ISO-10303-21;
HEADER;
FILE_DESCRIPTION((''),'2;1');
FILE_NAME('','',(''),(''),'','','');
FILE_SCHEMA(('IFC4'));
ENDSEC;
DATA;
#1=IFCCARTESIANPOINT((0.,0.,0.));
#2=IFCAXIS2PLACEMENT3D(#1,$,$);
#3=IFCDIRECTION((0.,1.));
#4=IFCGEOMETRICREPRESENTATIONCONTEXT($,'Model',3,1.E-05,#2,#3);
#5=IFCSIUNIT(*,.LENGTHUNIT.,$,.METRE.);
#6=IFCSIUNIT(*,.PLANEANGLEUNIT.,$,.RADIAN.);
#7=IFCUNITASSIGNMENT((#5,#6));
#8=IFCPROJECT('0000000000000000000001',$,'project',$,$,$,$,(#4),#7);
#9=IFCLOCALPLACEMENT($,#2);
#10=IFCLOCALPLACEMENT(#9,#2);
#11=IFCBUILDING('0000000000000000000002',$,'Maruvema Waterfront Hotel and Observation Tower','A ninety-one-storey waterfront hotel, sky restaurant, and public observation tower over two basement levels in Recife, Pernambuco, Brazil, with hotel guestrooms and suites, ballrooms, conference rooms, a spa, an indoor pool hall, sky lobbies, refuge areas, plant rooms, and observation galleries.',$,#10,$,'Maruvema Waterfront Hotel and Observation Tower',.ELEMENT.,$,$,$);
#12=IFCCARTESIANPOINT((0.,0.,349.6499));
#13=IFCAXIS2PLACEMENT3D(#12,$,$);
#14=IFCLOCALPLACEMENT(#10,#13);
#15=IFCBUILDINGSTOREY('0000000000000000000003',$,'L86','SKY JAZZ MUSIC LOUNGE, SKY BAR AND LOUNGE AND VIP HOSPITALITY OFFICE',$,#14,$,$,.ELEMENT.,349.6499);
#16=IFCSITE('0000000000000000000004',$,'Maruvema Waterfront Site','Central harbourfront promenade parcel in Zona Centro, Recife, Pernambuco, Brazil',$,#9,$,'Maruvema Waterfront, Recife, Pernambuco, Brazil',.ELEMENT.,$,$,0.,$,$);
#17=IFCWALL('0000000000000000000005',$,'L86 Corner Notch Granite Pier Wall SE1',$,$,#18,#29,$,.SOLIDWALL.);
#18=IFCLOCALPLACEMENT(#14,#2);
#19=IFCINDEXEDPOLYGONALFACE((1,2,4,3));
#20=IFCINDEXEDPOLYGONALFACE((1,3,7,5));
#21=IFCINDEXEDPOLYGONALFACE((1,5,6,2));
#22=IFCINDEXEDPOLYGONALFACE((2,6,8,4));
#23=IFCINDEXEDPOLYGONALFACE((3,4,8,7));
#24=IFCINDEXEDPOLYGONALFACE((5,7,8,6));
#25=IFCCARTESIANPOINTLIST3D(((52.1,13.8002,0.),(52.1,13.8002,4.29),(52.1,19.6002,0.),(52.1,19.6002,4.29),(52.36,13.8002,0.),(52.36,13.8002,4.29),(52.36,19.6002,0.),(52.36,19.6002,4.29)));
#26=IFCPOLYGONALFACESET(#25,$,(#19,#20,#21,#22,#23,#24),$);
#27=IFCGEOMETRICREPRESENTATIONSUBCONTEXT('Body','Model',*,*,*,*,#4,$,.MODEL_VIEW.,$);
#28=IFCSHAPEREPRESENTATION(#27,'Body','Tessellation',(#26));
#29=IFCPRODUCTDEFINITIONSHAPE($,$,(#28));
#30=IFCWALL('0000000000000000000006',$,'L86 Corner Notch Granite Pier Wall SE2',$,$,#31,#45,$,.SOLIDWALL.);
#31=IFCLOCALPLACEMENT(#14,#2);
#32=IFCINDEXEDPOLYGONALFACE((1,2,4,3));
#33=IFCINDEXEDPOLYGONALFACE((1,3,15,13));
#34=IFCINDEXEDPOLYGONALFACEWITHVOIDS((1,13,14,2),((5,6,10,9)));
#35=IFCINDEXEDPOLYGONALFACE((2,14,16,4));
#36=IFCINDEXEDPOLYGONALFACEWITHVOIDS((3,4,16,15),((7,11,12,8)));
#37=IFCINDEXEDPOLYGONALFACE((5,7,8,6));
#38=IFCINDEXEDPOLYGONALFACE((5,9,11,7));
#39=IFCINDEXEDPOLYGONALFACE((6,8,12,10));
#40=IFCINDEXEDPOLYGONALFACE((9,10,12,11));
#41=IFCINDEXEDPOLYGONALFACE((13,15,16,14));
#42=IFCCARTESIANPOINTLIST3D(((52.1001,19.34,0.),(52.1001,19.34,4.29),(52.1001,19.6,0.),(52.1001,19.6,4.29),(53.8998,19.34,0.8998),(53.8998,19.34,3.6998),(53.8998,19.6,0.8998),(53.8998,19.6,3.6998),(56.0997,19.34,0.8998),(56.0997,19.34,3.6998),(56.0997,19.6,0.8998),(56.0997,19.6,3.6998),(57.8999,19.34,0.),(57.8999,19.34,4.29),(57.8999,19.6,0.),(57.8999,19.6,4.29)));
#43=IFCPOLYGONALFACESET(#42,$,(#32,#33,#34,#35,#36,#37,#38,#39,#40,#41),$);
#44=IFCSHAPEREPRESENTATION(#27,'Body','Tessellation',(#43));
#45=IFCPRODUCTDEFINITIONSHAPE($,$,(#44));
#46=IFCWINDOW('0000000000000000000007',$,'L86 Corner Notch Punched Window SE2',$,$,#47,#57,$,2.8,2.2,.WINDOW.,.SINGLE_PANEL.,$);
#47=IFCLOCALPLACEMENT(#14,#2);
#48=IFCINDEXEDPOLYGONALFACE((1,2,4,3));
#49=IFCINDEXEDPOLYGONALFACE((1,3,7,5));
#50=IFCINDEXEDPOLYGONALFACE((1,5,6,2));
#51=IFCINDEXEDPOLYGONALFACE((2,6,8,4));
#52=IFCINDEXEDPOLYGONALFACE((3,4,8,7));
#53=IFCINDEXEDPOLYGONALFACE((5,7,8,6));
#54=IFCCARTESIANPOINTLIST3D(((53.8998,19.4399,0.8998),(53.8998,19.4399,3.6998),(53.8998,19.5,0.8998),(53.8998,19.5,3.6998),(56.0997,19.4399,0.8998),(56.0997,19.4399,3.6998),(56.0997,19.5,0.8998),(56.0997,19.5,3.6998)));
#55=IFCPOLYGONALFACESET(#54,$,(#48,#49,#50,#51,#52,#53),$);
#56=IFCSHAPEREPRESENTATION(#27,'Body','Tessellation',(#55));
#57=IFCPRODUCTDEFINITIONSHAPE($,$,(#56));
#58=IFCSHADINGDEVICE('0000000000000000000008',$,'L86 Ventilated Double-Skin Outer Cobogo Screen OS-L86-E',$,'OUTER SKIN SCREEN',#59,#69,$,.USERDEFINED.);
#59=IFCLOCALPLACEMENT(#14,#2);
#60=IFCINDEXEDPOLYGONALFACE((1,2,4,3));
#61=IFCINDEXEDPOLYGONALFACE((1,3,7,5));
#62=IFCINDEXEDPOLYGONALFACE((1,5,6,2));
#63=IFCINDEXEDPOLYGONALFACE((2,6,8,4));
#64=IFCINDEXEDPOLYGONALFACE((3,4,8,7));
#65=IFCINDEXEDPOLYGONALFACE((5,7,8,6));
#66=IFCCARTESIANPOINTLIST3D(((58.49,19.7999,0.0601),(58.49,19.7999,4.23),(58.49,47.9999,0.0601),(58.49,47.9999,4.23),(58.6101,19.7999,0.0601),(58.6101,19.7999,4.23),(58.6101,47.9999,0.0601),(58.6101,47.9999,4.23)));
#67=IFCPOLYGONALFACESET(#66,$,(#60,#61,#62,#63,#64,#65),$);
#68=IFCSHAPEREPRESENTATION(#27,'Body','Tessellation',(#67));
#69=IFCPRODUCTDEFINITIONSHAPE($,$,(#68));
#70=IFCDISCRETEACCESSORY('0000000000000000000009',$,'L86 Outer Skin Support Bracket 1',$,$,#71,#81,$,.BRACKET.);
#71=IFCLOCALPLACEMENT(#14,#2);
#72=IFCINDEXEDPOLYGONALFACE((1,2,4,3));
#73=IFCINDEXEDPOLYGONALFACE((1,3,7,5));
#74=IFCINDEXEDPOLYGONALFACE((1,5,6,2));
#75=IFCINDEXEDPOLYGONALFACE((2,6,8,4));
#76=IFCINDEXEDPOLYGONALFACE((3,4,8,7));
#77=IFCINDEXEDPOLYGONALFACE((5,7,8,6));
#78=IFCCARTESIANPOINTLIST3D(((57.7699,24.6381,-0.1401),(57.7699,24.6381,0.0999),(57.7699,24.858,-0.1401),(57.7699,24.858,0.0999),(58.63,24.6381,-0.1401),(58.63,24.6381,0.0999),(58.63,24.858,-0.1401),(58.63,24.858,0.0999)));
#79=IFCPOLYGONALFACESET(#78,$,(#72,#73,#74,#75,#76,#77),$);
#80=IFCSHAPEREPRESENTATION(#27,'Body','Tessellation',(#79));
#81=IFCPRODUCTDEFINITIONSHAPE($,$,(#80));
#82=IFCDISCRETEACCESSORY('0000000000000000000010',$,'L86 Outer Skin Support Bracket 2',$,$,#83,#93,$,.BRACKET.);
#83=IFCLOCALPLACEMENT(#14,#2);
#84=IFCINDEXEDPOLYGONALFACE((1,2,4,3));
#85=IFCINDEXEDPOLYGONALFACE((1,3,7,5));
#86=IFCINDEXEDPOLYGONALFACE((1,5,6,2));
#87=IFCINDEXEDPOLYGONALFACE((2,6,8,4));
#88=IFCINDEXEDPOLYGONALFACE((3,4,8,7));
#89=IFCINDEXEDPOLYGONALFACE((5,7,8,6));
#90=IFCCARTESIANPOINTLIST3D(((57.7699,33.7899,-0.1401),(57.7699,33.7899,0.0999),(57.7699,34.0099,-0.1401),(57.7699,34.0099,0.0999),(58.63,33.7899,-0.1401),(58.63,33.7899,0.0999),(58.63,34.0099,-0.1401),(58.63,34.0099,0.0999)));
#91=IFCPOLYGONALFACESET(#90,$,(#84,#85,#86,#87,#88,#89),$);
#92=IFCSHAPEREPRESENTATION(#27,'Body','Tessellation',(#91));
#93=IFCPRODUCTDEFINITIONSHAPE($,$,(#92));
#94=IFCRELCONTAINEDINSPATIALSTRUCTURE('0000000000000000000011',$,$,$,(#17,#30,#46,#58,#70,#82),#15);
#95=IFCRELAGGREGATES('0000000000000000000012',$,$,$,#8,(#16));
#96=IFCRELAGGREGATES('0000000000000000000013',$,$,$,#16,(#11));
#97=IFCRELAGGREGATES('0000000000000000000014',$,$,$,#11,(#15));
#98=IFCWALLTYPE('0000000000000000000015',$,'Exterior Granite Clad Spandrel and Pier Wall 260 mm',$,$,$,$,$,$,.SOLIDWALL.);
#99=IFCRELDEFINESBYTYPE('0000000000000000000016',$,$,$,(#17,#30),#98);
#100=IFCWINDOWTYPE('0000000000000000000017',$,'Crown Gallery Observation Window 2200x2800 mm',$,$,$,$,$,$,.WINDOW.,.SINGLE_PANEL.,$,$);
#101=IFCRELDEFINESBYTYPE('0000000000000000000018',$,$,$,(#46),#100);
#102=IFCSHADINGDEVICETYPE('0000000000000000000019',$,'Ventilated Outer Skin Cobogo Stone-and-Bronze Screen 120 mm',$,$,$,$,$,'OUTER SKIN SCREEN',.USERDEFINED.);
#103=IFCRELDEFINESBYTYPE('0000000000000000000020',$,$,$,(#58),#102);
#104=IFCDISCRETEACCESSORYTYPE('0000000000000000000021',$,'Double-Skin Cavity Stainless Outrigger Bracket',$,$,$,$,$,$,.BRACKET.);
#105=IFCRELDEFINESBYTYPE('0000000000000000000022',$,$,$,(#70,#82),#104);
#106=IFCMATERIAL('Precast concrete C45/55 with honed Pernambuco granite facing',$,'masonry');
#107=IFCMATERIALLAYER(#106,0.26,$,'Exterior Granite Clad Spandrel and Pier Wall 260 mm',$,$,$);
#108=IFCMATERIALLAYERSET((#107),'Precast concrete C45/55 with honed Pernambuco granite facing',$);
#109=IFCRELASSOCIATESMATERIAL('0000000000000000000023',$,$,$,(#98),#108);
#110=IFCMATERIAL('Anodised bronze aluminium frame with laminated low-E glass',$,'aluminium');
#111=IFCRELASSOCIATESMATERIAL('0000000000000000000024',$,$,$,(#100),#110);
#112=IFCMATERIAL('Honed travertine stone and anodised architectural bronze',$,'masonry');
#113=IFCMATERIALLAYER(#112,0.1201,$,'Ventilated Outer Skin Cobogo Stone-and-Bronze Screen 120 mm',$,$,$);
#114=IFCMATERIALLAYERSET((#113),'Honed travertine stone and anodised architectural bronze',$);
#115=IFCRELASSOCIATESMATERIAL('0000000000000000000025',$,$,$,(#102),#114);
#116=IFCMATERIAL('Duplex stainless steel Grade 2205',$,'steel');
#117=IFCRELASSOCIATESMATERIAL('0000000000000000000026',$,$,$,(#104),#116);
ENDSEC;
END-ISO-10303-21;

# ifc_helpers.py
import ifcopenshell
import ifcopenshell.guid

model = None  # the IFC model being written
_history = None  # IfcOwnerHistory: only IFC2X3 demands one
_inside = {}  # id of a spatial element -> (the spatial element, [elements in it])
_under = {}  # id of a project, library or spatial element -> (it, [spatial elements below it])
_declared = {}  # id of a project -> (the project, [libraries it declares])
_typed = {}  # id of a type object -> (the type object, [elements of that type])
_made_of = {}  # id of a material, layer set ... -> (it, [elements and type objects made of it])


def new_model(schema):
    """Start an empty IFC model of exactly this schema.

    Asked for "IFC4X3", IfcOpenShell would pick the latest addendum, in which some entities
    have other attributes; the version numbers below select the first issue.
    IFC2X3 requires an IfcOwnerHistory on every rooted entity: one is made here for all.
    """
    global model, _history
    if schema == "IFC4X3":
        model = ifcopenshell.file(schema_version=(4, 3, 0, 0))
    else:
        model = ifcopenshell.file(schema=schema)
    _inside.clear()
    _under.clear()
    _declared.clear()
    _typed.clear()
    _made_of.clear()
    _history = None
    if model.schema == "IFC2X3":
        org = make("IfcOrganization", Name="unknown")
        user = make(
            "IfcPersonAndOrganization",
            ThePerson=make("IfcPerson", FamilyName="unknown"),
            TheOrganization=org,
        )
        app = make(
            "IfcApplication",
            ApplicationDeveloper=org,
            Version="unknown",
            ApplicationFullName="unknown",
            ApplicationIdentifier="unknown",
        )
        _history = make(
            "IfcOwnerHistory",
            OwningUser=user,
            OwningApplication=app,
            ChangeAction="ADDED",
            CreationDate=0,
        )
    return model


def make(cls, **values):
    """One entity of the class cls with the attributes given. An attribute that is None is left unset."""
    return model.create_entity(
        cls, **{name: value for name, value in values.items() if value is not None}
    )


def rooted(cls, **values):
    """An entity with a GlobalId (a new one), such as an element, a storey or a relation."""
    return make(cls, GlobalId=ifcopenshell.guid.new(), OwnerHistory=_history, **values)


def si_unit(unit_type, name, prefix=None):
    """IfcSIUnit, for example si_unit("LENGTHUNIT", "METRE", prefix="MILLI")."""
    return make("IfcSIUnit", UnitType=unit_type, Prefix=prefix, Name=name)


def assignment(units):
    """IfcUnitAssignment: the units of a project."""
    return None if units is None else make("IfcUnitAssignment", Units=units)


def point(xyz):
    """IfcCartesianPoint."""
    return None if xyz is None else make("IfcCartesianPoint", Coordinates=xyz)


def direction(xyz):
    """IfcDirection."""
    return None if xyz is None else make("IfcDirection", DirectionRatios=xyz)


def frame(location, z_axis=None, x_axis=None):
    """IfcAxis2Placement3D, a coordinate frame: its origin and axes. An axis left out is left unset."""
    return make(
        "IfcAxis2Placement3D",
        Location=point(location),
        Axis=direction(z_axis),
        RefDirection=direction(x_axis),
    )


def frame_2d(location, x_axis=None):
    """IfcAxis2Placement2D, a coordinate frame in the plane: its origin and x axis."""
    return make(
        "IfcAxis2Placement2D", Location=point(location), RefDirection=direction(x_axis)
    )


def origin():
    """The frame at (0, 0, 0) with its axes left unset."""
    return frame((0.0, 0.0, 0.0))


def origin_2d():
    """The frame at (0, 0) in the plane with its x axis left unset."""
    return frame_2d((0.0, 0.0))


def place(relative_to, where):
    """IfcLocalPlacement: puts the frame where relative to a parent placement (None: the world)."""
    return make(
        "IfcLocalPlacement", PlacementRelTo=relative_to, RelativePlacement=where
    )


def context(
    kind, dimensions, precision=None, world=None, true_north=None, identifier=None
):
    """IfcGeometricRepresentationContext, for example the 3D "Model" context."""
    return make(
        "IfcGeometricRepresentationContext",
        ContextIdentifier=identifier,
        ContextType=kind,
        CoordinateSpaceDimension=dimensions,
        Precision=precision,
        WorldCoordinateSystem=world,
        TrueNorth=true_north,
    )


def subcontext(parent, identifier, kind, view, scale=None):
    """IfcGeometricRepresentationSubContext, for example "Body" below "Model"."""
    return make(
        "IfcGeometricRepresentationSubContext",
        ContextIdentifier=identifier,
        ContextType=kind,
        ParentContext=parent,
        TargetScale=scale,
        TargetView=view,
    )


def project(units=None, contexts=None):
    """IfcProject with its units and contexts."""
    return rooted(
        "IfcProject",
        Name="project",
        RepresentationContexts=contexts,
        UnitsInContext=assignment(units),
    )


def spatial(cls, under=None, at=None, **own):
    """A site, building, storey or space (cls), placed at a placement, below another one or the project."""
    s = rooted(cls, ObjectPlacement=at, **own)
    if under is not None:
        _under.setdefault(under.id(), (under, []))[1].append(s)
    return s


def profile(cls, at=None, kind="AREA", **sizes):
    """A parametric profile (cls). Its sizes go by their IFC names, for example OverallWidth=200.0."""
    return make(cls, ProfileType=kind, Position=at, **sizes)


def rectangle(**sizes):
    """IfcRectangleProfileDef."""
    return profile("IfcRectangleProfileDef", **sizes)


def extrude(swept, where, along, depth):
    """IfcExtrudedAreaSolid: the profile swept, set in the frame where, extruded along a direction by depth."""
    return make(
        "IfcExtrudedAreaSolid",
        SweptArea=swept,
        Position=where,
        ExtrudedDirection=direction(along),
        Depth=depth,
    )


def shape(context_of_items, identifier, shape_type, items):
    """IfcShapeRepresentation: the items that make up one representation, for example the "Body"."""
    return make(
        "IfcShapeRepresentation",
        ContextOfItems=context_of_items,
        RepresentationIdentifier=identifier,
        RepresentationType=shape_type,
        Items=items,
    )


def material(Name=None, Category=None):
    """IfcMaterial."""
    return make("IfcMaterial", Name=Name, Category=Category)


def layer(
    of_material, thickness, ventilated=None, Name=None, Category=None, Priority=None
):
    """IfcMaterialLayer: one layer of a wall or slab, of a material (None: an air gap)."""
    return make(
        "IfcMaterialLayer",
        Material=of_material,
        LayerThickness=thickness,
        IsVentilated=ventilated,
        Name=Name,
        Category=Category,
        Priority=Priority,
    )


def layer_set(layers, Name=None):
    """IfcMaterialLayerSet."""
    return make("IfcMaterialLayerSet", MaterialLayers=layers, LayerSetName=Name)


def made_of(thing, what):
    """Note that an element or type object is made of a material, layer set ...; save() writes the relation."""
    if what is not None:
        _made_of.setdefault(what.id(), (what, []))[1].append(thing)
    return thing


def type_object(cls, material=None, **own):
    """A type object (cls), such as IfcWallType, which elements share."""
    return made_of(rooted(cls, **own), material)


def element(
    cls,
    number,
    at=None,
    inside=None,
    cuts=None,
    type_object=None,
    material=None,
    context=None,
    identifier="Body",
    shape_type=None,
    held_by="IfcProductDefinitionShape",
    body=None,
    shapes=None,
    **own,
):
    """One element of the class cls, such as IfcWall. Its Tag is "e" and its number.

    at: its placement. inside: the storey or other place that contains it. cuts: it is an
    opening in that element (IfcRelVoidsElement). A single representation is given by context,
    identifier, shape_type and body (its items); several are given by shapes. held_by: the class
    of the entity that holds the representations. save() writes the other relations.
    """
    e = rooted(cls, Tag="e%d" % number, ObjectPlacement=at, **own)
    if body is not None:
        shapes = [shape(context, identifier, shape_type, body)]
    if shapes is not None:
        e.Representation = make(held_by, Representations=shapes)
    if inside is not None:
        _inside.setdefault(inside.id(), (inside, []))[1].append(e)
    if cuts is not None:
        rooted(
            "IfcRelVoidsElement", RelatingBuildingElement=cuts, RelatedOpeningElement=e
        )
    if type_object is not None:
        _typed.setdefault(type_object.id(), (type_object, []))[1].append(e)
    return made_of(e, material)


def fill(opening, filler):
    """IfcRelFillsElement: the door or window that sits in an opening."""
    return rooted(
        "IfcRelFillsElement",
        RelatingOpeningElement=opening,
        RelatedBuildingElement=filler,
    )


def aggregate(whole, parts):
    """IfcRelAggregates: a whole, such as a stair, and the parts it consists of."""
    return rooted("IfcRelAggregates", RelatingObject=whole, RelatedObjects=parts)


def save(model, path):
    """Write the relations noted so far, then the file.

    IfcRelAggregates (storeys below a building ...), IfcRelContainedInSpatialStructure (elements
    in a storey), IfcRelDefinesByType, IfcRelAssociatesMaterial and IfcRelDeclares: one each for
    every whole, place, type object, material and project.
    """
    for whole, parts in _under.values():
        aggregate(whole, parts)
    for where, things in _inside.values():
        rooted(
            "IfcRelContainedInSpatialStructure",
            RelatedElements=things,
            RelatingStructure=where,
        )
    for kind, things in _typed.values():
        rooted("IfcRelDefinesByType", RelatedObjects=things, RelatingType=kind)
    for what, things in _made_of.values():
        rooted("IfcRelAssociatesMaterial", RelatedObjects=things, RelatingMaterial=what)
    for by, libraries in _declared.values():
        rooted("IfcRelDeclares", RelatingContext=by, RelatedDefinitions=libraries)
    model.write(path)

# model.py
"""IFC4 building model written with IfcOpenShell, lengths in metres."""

from ifc_helpers import new_model, si_unit, direction, frame, frame_2d, origin, origin_2d, place, context, subcontext, project, spatial, rectangle, extrude, material, layer, layer_set, type_object, element, fill, save


model = new_model("IFC4")

# Units and contexts
model_context = context("Model", 3, precision=1e-05, world=origin(), true_north=direction((0.0, 1.0)))
body_context = subcontext(model_context, "Body", "Model", "MODEL_VIEW")
ifc_project = project(units=[si_unit("LENGTHUNIT", "METRE"), si_unit("PLANEANGLEUNIT", "RADIAN")], contexts=[model_context])

# Site, building, storey
site_placement = place(None, origin())
site = spatial("IfcSite", under=ifc_project, at=site_placement, Name="Maruvema Waterfront Site", Description="Central harbourfront promenade parcel in Zona Centro, Recife, Pernambuco, Brazil", LongName="Maruvema Waterfront, Recife, Pernambuco, Brazil", CompositionType="ELEMENT", RefElevation=0.0)
building_placement = place(site_placement, origin())
building = spatial("IfcBuilding", under=site, at=building_placement, Name="Maruvema Waterfront Hotel and Observation Tower", Description="A ninety-one-storey waterfront hotel, sky restaurant, and public observation tower over two basement levels in Recife, Pernambuco, Brazil, with hotel guestrooms and suites, ballrooms, conference rooms, a spa, an indoor pool hall, sky lobbies, refuge areas, plant rooms, and observation galleries.", LongName="Maruvema Waterfront Hotel and Observation Tower", CompositionType="ELEMENT")
storey_placement = place(building_placement, frame((0.0, 0.0, 349.6499)))
storey = spatial("IfcBuildingStorey", under=building, at=storey_placement, Name="L86", Description="SKY JAZZ MUSIC LOUNGE, SKY BAR AND LOUNGE AND VIP HOSPITALITY OFFICE", CompositionType="ELEMENT", Elevation=349.6499)

# Wall
ifc_material_1 = material(Name="Precast concrete C45/55 with honed Pernambuco granite facing", Category="masonry")
ifc_layer_1 = layer(ifc_material_1, 0.26, Name="Exterior Granite Clad Spandrel and Pier Wall 260 mm")
ifc_layer_set_1 = layer_set([ifc_layer_1], Name="Precast concrete C45/55 with honed Pernambuco granite facing")
wall_type_1 = type_object("IfcWallType", Name="Exterior Granite Clad Spandrel and Pier Wall 260 mm", PredefinedType="SOLIDWALL", material=ifc_layer_set_1)
wall_1_placement = place(storey_placement, frame((52.23, 19.6001, 0.0), z_axis=(0.0, 0.0, 1.0), x_axis=(0.0, -1.0, 0.0)))
element("IfcWall", 1, at=wall_1_placement, inside=storey, type_object=wall_type_1, Name="L86 Corner Notch Granite Pier Wall SE1", PredefinedType="SOLIDWALL", context=body_context, shape_type="SweptSolid", body=[
    extrude(rectangle(XDim=5.8, YDim=0.26, at=frame_2d((2.8999, 0.0))), origin(), (0.0, 0.0, 1.0), 4.29),
])

# Wall, opening, window
wall_2_placement = place(storey_placement, frame((57.8999, 19.47, 0.0), z_axis=(0.0, 0.0, 1.0), x_axis=(-1.0, 0.0, 0.0)))
wall_2 = element("IfcWall", 2, at=wall_2_placement, inside=storey, type_object=wall_type_1, Name="L86 Corner Notch Granite Pier Wall SE2", PredefinedType="SOLIDWALL", context=body_context, shape_type="SweptSolid", body=[
    extrude(rectangle(XDim=5.7998, YDim=0.26, at=frame_2d((2.8999, 0.0))), origin(), (0.0, 0.0, 1.0), 4.29),
])
opening_1_placement = place(wall_2_placement, frame((1.8, 0.0, 0.8999)))
opening_1 = element("IfcOpeningElement", 3, at=opening_1_placement, cuts=wall_2, PredefinedType="OPENING", context=body_context, shape_type="SweptSolid", body=[
    extrude(rectangle(XDim=2.2, YDim=2.8, at=frame_2d((1.1001, 1.3999))), frame((0.0, 0.1401, 0.0), z_axis=(0.0, -1.0, 0.0), x_axis=(1.0, 0.0, 0.0)), (0.0, 0.0, 1.0), 0.28),
])
ifc_material_2 = material(Name="Anodised bronze aluminium frame with laminated low-E glass", Category="aluminium")
window_type = type_object("IfcWindowType", Name="Crown Gallery Observation Window 2200x2800 mm", PartitioningType="SINGLE_PANEL", PredefinedType="WINDOW", material=ifc_material_2)
window_placement = place(opening_1_placement, origin())
window = element("IfcWindow", 4, at=window_placement, inside=storey, type_object=window_type, Name="L86 Corner Notch Punched Window SE2", OverallHeight=2.8, OverallWidth=2.2, PartitioningType="SINGLE_PANEL", PredefinedType="WINDOW", context=body_context, shape_type="SweptSolid", body=[
    extrude(rectangle(XDim=2.2, YDim=2.8, at=frame_2d((1.1001, 1.3999))), frame((0.0, 0.03, 0.0), z_axis=(0.0, -1.0, 0.0), x_axis=(1.0, 0.0, 0.0)), (0.0, 0.0, 1.0), 0.0601),
])
fill(opening_1, window)

# Shading device
ifc_material_3 = material(Name="Honed travertine stone and anodised architectural bronze", Category="masonry")
ifc_layer_2 = layer(ifc_material_3, 0.1201, Name="Ventilated Outer Skin Cobogo Stone-and-Bronze Screen 120 mm")
ifc_layer_set_2 = layer_set([ifc_layer_2], Name="Honed travertine stone and anodised architectural bronze")
shading_device_type = type_object("IfcShadingDeviceType", Name="Ventilated Outer Skin Cobogo Stone-and-Bronze Screen 120 mm", ElementType="OUTER SKIN SCREEN", PredefinedType="USERDEFINED", material=ifc_layer_set_2)
shading_device_placement = place(storey_placement, frame((58.55, 33.8999, 0.0601), z_axis=(0.0, 0.0, 1.0), x_axis=(0.0, 1.0, 0.0)))
element("IfcShadingDevice", 5, at=shading_device_placement, inside=storey, type_object=shading_device_type, Name="L86 Ventilated Double-Skin Outer Cobogo Screen OS-L86-E", ObjectType="OUTER SKIN SCREEN", PredefinedType="USERDEFINED", context=body_context, shape_type="SweptSolid", body=[
    extrude(rectangle(XDim=28.2, YDim=0.1201, at=origin_2d()), origin(), (0.0, 0.0, 1.0), 4.1699),
])

# Discrete accessories
ifc_material_4 = material(Name="Duplex stainless steel Grade 2205", Category="steel")
discrete_accessory_type = type_object("IfcDiscreteAccessoryType", Name="Double-Skin Cavity Stainless Outrigger Bracket", PredefinedType="BRACKET", material=ifc_material_4)
for number, where, z_axis, x_axis, name in (
    (6, (58.2, 24.748, -0.1401), (0.0, 0.0, 1.0), (0.0, 1.0, 0.0), "L86 Outer Skin Support Bracket 1"),
    (7, (58.2, 33.8999, -0.1401), (0.0, 0.0, 1.0), (0.0, 1.0, 0.0), "L86 Outer Skin Support Bracket 2"),
):
    element("IfcDiscreteAccessory", number, at=place(storey_placement, frame(where, z_axis=z_axis, x_axis=x_axis)), inside=storey, type_object=discrete_accessory_type, Name=name, PredefinedType="BRACKET", context=body_context, shape_type="SweptSolid", body=[
        extrude(rectangle(XDim=0.22, YDim=0.8601, at=origin_2d()), origin(), (0.0, 0.0, 1.0), 0.24),
    ])

save(model, "model.ifc")
